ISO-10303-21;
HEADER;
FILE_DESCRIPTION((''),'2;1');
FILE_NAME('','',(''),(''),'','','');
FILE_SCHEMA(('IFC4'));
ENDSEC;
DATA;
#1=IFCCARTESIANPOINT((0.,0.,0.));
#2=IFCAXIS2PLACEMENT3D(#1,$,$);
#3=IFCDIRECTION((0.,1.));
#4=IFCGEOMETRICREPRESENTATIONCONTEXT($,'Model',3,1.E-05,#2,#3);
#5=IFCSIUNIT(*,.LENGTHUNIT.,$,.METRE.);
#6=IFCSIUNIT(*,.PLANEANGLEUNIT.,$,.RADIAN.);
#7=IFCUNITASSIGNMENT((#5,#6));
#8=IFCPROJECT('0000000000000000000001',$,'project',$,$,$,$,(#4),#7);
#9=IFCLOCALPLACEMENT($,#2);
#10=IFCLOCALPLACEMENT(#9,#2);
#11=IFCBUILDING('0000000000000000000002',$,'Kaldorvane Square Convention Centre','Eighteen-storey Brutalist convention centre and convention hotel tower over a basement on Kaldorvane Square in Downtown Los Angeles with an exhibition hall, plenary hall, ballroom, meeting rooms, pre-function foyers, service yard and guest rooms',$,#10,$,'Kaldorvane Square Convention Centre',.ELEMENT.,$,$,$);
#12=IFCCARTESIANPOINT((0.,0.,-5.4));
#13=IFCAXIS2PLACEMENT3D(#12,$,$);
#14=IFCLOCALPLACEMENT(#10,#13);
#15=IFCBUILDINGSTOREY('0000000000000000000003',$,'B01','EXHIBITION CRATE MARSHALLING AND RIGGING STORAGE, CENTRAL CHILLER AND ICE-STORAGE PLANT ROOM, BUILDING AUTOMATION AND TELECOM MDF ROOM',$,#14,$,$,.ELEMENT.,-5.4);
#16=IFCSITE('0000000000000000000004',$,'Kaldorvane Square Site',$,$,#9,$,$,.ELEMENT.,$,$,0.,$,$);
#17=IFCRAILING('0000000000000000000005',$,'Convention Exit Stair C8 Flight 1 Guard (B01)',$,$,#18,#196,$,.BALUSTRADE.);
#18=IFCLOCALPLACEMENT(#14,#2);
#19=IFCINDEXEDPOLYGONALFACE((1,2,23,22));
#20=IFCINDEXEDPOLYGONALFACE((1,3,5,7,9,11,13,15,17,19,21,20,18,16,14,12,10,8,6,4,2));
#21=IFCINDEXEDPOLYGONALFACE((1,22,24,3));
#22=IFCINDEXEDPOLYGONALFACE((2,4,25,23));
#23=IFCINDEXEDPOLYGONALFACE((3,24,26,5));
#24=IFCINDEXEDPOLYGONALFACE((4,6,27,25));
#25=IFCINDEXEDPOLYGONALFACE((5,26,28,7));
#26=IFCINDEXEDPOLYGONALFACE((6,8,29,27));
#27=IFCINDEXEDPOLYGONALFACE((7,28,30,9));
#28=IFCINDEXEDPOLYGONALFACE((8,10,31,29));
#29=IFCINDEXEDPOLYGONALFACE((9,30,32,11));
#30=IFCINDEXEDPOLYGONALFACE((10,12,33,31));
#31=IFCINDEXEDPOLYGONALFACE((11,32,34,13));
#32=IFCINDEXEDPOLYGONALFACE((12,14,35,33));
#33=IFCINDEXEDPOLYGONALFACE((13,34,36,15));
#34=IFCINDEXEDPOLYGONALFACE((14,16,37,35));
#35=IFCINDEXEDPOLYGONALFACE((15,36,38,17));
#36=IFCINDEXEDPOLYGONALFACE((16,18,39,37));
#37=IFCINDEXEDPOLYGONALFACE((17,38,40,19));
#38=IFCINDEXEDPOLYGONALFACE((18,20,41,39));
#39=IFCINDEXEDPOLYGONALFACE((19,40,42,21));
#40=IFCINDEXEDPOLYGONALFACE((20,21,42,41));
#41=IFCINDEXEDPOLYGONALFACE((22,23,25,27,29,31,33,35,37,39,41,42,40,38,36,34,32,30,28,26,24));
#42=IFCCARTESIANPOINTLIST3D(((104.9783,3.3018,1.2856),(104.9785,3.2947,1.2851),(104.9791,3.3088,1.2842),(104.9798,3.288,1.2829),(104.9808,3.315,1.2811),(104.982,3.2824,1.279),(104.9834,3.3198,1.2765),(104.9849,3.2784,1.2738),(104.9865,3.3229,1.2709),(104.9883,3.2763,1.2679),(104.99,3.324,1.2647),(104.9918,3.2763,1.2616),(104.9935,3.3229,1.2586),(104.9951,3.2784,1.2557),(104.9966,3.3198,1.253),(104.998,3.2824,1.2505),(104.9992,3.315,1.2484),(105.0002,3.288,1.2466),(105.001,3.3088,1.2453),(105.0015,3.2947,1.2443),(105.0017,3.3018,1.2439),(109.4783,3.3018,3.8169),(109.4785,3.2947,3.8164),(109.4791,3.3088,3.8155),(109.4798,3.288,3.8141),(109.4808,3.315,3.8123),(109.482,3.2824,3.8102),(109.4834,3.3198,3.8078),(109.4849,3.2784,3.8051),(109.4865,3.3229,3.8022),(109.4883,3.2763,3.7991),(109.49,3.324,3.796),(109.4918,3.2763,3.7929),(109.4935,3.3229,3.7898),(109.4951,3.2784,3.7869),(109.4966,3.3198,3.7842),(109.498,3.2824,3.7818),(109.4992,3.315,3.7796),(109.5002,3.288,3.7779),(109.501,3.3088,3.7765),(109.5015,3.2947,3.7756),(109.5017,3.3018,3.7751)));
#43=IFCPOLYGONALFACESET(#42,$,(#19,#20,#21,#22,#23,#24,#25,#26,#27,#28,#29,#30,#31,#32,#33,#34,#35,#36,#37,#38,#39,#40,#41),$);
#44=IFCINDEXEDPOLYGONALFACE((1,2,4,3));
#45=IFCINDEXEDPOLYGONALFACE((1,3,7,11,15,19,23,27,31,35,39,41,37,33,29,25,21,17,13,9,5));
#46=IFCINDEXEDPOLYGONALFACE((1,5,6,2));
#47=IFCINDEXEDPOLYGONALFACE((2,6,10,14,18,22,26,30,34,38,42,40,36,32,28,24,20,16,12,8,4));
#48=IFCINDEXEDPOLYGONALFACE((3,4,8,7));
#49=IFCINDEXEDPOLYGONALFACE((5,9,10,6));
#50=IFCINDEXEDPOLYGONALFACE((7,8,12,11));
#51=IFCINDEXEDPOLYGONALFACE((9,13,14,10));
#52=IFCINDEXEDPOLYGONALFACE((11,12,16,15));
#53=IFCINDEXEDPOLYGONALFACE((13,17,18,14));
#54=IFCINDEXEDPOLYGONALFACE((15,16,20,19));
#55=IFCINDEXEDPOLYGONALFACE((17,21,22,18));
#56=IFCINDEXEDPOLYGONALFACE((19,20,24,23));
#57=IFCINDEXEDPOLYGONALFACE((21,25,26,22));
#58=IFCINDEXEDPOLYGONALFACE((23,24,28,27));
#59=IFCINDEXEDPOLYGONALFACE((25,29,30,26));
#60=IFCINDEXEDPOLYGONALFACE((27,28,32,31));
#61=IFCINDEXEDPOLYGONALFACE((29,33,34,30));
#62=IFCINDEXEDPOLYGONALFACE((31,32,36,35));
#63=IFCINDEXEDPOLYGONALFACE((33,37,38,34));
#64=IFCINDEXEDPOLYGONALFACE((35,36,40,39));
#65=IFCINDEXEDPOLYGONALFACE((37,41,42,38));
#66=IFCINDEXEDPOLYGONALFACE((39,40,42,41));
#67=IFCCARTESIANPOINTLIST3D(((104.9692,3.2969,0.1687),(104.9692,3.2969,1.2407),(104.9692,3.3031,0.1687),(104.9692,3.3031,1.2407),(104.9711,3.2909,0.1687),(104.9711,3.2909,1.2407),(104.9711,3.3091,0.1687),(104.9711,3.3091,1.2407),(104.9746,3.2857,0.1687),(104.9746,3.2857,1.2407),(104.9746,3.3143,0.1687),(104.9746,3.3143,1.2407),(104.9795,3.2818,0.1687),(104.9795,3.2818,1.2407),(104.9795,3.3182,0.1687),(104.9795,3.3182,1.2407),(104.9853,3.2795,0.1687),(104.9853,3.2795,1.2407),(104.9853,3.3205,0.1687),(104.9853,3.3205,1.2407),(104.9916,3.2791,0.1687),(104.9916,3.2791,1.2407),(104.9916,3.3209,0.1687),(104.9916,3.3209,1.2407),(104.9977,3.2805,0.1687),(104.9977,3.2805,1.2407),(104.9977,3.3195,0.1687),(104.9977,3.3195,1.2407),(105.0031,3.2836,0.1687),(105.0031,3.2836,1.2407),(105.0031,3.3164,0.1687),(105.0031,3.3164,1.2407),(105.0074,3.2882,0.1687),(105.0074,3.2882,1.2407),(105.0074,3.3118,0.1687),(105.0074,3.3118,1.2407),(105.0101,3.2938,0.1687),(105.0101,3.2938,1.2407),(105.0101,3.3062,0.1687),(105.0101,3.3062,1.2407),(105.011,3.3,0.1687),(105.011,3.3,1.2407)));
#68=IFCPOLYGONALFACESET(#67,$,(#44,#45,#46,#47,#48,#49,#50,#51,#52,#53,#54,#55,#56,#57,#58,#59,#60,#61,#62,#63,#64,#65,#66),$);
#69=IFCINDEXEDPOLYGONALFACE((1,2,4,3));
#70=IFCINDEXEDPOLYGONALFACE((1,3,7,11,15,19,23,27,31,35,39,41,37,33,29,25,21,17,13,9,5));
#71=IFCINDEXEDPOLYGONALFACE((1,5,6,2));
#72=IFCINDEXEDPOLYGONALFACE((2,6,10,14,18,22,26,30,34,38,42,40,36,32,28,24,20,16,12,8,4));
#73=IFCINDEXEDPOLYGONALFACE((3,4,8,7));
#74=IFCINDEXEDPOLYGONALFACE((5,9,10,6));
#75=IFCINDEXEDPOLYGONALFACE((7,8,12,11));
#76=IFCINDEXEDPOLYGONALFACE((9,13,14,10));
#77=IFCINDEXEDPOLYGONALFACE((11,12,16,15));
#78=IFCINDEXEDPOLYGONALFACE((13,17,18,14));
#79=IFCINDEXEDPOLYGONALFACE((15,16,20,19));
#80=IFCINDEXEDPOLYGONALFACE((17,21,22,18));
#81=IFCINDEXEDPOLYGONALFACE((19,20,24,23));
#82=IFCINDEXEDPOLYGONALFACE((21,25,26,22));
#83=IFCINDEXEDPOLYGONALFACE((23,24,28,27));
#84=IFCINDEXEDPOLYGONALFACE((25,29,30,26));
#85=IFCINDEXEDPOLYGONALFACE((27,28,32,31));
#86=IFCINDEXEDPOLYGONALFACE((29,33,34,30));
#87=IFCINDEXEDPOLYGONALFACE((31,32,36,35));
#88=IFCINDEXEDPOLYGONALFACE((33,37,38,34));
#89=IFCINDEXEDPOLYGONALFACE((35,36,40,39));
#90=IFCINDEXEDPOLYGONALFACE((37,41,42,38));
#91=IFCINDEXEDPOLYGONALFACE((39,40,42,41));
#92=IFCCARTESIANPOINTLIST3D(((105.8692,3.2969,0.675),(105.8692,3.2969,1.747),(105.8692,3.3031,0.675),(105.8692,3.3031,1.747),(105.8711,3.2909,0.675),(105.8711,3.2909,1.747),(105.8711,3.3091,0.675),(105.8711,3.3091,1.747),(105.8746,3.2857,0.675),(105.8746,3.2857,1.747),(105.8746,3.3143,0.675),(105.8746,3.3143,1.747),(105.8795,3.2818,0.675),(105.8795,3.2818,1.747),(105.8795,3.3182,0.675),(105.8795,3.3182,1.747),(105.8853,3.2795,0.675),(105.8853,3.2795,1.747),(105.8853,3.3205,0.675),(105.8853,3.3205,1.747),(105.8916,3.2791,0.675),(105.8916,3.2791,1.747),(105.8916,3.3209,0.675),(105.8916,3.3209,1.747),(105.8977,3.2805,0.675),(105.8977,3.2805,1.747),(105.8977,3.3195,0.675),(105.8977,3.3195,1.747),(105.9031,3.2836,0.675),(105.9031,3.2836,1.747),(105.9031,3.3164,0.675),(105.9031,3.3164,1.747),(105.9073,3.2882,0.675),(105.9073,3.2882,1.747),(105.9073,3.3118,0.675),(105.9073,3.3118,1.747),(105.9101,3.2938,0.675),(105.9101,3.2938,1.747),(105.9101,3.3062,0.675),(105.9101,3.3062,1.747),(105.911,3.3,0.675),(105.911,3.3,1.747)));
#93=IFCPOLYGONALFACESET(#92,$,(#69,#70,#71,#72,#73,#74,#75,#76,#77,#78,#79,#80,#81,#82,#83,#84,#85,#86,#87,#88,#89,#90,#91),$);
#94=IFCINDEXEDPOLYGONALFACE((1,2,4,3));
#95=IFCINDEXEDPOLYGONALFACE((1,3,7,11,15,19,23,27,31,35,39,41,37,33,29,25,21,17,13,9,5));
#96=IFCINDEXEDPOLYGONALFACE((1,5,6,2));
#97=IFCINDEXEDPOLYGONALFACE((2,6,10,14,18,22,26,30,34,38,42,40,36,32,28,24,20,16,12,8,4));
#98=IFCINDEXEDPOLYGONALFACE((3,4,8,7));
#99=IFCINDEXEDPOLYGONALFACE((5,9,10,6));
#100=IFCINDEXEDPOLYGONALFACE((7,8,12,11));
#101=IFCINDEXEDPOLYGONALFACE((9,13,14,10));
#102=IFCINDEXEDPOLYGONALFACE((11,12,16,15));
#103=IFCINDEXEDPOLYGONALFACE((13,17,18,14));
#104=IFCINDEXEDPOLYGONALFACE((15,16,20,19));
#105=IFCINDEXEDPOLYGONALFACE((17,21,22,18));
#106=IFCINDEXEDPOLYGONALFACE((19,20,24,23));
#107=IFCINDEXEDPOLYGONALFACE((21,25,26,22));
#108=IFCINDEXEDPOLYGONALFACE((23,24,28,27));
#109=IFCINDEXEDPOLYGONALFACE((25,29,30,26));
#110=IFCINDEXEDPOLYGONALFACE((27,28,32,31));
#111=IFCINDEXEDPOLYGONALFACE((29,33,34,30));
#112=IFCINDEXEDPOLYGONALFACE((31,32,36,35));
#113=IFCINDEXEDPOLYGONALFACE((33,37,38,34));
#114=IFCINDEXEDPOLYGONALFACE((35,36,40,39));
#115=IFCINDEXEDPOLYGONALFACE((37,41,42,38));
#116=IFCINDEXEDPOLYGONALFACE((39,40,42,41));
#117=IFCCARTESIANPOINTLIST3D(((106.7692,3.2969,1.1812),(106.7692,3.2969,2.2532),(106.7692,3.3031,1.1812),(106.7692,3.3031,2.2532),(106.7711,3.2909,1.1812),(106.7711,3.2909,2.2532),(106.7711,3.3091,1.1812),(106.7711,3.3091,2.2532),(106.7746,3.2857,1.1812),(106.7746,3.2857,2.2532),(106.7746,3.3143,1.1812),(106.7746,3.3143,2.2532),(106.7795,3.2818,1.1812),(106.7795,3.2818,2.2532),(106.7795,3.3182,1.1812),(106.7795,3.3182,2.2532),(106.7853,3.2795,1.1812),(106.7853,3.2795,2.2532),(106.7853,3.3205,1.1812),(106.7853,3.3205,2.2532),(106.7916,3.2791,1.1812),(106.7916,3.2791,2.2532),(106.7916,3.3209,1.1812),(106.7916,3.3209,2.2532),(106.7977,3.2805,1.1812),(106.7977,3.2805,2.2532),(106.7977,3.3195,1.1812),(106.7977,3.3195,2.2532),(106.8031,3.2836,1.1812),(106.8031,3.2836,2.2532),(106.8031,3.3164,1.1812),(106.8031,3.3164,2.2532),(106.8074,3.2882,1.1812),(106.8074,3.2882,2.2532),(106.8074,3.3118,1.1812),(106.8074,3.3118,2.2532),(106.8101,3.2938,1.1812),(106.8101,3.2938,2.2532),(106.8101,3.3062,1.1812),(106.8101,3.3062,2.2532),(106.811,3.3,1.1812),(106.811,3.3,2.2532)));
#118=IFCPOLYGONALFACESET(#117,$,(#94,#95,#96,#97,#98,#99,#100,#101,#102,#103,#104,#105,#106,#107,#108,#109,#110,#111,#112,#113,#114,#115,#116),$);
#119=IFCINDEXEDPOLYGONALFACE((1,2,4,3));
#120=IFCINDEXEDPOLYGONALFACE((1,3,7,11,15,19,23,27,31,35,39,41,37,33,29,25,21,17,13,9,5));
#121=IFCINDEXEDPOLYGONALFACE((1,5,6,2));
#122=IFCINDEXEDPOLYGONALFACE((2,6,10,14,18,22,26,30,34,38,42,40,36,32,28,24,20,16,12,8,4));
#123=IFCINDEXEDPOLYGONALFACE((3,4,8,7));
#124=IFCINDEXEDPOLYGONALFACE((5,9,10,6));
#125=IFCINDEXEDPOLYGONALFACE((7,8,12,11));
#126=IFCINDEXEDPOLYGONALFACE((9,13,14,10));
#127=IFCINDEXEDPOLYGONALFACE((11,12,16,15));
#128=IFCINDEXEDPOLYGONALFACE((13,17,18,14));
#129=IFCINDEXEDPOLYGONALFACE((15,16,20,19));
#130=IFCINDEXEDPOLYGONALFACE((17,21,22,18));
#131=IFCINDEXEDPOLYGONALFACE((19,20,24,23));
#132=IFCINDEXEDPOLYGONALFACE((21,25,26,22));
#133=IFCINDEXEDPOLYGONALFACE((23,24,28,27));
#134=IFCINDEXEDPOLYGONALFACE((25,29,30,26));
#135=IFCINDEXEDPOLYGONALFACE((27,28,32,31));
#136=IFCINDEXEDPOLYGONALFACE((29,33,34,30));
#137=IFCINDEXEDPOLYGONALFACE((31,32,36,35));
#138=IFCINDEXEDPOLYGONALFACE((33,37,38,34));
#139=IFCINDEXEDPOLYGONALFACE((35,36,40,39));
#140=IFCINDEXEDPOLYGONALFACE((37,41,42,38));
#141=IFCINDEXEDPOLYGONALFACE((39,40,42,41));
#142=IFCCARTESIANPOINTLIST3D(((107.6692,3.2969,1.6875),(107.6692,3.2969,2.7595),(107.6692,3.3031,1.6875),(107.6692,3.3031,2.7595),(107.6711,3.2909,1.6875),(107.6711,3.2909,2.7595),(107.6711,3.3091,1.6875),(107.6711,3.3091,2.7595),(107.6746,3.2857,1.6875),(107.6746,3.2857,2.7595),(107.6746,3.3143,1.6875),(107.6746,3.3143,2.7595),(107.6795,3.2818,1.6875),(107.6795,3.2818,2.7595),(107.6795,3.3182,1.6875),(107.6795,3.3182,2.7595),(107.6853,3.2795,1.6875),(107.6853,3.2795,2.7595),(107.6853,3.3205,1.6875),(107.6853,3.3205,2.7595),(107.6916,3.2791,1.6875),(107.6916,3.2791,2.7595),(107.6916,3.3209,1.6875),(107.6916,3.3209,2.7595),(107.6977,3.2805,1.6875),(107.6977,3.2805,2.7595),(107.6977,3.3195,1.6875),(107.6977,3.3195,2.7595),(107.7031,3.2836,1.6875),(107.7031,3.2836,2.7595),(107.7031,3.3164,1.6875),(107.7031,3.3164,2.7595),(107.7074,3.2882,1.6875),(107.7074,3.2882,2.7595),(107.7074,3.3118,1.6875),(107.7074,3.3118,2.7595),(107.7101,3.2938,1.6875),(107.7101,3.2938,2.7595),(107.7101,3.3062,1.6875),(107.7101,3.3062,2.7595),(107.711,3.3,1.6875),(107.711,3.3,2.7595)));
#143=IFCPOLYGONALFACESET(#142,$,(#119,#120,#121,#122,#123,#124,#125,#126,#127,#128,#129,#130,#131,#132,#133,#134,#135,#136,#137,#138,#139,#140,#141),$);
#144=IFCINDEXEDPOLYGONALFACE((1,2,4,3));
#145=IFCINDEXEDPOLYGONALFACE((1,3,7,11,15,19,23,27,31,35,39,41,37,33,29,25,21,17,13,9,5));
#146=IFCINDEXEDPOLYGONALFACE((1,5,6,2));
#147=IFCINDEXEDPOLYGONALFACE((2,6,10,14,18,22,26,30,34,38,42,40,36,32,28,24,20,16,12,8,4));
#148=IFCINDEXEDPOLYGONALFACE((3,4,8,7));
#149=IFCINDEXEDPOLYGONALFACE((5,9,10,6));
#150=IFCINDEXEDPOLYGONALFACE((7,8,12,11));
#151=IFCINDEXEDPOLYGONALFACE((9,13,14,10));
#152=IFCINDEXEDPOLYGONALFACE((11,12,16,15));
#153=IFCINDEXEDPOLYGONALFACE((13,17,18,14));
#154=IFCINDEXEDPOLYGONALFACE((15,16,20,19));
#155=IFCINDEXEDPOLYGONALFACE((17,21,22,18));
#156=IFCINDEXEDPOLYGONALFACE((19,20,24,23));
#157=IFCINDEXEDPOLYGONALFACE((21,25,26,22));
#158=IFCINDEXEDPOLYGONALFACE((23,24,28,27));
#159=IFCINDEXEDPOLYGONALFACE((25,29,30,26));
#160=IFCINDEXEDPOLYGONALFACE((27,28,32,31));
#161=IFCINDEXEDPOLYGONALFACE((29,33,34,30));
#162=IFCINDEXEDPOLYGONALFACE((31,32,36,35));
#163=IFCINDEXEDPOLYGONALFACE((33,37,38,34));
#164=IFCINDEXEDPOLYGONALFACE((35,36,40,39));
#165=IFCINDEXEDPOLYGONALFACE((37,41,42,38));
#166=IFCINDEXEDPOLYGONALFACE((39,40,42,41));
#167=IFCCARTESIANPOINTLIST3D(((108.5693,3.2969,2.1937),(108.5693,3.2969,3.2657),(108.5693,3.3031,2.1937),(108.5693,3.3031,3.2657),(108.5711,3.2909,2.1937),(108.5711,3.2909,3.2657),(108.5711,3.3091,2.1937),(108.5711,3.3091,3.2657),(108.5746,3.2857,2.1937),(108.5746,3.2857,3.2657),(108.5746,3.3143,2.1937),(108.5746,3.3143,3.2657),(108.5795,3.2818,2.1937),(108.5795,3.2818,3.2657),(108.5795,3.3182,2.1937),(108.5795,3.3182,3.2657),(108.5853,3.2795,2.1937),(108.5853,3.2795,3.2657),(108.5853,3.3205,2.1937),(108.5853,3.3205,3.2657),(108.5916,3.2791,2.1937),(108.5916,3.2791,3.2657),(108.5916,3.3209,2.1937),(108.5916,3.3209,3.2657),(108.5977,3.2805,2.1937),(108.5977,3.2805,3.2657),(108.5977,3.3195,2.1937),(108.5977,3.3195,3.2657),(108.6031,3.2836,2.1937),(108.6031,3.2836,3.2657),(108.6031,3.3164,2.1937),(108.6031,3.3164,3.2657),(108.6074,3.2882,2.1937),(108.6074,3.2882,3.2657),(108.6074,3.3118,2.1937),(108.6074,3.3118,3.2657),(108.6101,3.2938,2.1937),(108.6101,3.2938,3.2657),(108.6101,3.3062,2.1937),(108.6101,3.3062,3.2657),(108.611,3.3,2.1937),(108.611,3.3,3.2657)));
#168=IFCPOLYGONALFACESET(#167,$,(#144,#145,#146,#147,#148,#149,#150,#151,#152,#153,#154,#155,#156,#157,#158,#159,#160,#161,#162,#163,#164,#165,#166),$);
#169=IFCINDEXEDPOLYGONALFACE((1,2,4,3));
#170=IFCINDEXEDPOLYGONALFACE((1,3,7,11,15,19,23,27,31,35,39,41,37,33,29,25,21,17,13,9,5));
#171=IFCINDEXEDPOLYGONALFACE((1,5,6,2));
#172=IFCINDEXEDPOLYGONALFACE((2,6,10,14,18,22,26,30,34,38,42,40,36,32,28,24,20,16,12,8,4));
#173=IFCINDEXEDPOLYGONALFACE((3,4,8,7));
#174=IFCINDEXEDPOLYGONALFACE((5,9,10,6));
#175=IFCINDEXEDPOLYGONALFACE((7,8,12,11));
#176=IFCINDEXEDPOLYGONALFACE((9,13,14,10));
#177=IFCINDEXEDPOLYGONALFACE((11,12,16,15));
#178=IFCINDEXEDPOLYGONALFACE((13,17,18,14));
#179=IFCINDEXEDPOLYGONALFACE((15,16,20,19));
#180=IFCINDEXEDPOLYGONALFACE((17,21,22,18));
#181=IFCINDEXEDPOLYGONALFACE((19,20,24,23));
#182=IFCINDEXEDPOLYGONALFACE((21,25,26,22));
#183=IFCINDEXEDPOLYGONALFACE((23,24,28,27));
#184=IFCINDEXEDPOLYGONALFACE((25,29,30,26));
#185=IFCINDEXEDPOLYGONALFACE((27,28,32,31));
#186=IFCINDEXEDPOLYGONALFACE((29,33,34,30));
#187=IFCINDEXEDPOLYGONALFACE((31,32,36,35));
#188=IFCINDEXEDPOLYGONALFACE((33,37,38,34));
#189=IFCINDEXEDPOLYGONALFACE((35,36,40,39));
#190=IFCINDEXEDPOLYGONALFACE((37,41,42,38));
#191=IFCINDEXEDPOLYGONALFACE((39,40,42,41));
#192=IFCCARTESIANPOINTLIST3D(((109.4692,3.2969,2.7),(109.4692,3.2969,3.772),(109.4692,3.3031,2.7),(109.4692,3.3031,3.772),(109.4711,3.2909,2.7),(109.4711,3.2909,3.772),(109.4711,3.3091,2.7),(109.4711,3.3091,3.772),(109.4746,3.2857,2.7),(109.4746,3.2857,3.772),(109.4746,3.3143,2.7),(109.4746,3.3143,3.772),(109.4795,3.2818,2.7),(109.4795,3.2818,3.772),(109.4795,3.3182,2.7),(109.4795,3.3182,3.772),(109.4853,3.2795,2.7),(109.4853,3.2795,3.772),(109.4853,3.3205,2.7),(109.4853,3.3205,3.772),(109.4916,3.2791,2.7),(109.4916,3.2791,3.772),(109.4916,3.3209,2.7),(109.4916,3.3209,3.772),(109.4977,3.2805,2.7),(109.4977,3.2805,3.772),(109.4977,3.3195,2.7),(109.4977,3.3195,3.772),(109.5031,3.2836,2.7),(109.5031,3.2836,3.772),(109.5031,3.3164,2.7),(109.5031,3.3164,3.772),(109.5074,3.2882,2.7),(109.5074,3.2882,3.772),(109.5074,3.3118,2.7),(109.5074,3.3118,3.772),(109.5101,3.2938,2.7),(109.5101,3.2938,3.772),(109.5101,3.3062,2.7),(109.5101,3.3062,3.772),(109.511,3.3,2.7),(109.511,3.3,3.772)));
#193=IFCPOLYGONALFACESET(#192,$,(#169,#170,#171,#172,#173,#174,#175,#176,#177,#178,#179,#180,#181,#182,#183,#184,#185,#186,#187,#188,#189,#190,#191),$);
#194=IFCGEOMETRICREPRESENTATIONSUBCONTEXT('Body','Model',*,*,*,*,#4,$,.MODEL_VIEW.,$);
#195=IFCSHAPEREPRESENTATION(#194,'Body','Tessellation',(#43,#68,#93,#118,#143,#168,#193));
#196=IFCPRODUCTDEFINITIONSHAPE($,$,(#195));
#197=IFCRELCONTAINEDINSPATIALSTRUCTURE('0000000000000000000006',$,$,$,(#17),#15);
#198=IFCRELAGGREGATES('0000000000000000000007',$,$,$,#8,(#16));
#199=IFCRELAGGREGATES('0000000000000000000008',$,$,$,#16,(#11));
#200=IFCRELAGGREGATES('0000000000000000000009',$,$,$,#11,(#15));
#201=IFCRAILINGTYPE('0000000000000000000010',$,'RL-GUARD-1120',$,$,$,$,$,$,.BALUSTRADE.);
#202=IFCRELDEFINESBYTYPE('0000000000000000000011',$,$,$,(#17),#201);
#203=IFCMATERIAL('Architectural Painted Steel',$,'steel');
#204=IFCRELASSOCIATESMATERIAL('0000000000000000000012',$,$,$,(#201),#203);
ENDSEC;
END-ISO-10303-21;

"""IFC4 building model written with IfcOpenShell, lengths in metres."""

from ifc_helpers import new_model, si_unit, direction, frame, origin, origin_2d, place, context, subcontext, project, spatial, circle, extrude, material, type_object, element, save


model = new_model("IFC4")

# Units and contexts
model_context = context("Model", 3, precision=1e-05, world=origin(), true_north=direction((0.0, 1.0)))
body_context = subcontext(model_context, "Body", "Model", "MODEL_VIEW")
ifc_project = project(units=[si_unit("LENGTHUNIT", "METRE"), si_unit("PLANEANGLEUNIT", "RADIAN")], contexts=[model_context])

# Site, building, storey
site_placement = place(None, origin())
site = spatial("IfcSite", under=ifc_project, at=site_placement, Name="Kaldorvane Square Site", CompositionType="ELEMENT", RefElevation=0.0)
building_placement = place(site_placement, origin())
building = spatial("IfcBuilding", under=site, at=building_placement, Name="Kaldorvane Square Convention Centre", Description="Eighteen-storey Brutalist convention centre and convention hotel tower over a basement on Kaldorvane Square in Downtown Los Angeles with an exhibition hall, plenary hall, ballroom, meeting rooms, pre-function foyers, service yard and guest rooms", LongName="Kaldorvane Square Convention Centre", CompositionType="ELEMENT")
storey_placement = place(building_placement, frame((0.0, 0.0, -5.4)))
storey = spatial("IfcBuildingStorey", under=building, at=storey_placement, Name="B01", Description="EXHIBITION CRATE MARSHALLING AND RIGGING STORAGE, CENTRAL CHILLER AND ICE-STORAGE PLANT ROOM, BUILDING AUTOMATION AND TELECOM MDF ROOM", CompositionType="ELEMENT", Elevation=-5.4)

# Railing
ifc_material_1 = material(Name="Architectural Painted Steel", Category="steel")
railing_type_1 = type_object("IfcRailingType", Name="RL-GUARD-1120", PredefinedType="BALUSTRADE", material=ifc_material_1)
railing_1_placement = place(storey_placement, frame((104.99, 3.3, 0.1687)))
element("IfcRailing", 1, at=railing_1_placement, inside=storey, type_object=railing_type_1, Name="Convention Exit Stair C8 Flight 1 Guard (B01)", PredefinedType="BALUSTRADE", context=body_context, shape_type="SweptSolid", body=[
    extrude(circle(Radius=0.024, at=origin_2d()), frame((0.0, 0.0, 1.096), z_axis=(0.871576, 0.0, 0.490261), x_axis=(0.0, 1.0, 0.0)), (0.0, 0.0, 1.0), 5.1631),
    extrude(circle(Radius=0.021, at=origin_2d()), origin(), (0.0, 0.0, 1.0), 1.072),
    extrude(circle(Radius=0.021, at=origin_2d()), frame((0.9, 0.0, 0.5063)), (0.0, 0.0, 1.0), 1.072),
    extrude(circle(Radius=0.021, at=origin_2d()), frame((1.8, 0.0, 1.0125)), (0.0, 0.0, 1.0), 1.072),
    extrude(circle(Radius=0.021, at=origin_2d()), frame((2.7, 0.0, 1.5188)), (0.0, 0.0, 1.0), 1.072),
    extrude(circle(Radius=0.021, at=origin_2d()), frame((3.6, 0.0, 2.025)), (0.0, 0.0, 1.0), 1.072),
    extrude(circle(Radius=0.021, at=origin_2d()), frame((4.5, 0.0, 2.5312)), (0.0, 0.0, 1.0), 1.072),
])

save(model, "model.ifc")
